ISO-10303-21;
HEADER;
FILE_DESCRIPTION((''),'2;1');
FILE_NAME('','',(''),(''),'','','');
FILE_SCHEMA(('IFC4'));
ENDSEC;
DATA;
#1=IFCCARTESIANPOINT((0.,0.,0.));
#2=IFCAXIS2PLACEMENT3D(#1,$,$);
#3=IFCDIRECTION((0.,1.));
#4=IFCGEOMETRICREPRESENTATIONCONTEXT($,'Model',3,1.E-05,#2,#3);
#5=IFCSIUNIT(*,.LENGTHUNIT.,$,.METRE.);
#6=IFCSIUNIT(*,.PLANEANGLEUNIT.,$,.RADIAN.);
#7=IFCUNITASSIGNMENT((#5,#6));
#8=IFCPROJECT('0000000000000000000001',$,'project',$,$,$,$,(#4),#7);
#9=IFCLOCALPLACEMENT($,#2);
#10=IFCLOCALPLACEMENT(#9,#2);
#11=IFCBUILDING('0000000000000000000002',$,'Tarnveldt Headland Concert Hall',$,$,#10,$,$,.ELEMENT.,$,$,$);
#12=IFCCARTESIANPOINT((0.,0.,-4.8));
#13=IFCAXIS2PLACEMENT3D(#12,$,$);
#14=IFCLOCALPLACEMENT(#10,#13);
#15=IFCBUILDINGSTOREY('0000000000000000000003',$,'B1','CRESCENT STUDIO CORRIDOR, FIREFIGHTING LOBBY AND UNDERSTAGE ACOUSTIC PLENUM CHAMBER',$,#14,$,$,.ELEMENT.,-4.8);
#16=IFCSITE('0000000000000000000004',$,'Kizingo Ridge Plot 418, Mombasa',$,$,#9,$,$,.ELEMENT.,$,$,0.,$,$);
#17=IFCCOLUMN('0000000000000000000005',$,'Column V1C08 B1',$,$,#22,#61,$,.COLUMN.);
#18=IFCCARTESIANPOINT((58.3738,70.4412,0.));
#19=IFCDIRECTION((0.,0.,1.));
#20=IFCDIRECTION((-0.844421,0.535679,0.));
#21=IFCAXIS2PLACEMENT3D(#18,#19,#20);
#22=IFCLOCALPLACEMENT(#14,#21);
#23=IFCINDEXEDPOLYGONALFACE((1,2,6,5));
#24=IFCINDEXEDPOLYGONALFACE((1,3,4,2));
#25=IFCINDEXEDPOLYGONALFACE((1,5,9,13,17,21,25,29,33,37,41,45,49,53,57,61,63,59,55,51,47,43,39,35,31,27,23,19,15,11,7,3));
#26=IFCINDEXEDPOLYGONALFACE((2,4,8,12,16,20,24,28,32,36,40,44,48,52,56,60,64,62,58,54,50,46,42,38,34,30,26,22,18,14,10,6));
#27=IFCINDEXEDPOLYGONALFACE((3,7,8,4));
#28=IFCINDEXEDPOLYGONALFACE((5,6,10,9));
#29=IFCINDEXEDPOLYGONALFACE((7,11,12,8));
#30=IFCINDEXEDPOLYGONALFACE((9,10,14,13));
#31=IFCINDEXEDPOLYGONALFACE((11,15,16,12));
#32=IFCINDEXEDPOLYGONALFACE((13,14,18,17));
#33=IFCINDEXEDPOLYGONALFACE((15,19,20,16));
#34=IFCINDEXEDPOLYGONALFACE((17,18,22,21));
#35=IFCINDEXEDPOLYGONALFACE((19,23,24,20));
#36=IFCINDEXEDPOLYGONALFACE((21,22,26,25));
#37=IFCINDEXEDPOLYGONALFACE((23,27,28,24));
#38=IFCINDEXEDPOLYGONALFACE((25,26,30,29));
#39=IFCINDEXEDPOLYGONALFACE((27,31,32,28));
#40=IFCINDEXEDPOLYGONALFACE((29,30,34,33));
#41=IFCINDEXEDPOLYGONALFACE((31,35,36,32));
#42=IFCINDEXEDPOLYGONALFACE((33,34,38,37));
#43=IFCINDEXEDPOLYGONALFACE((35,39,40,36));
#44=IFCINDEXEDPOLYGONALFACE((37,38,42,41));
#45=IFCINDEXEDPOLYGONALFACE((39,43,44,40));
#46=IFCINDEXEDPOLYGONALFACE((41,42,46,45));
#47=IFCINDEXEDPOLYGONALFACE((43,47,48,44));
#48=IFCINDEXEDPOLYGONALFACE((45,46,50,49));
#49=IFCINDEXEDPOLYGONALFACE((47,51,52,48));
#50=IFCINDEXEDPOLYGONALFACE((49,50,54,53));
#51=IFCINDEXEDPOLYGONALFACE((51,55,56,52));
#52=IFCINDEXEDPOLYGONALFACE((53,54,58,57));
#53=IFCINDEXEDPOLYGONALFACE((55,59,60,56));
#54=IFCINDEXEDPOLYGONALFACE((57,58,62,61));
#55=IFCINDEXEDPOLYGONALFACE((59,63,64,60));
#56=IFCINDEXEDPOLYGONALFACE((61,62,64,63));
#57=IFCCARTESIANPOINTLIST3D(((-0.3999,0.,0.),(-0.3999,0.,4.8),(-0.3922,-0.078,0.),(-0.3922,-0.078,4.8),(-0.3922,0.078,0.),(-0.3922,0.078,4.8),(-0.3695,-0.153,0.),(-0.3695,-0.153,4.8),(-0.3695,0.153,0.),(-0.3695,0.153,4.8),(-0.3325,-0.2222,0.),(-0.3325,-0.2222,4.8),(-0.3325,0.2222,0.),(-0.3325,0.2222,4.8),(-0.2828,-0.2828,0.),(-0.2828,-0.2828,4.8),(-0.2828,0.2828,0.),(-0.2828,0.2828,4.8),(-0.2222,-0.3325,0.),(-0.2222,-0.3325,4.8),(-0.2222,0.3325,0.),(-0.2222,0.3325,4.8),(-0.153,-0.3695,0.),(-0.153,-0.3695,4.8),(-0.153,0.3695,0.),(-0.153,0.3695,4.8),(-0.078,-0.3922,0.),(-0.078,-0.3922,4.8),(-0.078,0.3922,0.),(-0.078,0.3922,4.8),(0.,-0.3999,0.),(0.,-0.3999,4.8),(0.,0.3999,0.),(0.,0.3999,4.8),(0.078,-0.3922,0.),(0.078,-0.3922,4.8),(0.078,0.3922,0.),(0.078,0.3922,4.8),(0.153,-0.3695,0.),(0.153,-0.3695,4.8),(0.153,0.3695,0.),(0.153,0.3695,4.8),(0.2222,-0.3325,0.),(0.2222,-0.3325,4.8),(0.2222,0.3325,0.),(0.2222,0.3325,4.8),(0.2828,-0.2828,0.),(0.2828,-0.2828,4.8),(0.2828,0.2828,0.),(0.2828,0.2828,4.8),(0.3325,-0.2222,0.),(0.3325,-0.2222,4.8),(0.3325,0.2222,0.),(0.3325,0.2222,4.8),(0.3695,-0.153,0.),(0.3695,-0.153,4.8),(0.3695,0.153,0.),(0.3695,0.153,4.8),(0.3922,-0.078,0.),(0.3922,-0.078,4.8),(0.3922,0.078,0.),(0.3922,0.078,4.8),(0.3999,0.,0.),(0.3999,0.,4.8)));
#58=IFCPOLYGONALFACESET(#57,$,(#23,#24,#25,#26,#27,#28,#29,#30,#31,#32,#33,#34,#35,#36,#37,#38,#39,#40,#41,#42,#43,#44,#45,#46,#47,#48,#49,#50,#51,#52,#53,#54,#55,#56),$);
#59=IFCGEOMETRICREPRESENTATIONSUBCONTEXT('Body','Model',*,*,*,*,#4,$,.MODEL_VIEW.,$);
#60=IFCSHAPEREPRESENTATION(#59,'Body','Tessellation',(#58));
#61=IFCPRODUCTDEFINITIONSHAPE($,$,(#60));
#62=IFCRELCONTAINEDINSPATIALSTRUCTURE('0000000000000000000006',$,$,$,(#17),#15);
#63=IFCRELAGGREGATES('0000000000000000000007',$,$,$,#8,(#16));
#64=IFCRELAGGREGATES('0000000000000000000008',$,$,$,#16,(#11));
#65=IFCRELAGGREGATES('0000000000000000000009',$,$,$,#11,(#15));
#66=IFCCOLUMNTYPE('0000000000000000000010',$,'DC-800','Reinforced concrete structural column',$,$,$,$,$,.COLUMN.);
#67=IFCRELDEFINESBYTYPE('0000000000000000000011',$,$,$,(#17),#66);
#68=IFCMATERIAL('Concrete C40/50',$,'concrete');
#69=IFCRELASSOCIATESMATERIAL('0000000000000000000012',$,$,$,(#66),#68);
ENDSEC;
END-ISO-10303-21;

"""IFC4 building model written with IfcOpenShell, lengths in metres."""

from ifc_helpers import new_model, si_unit, direction, frame, origin, origin_2d, place, context, subcontext, project, spatial, circle, extrude, material, material_profile, profile_set, type_object, element, save


model = new_model("IFC4")

# Units and contexts
model_context = context("Model", 3, precision=1e-05, world=origin(), true_north=direction((0.0, 1.0)))
body_context = subcontext(model_context, "Body", "Model", "MODEL_VIEW")
ifc_project = project(units=[si_unit("LENGTHUNIT", "METRE"), si_unit("PLANEANGLEUNIT", "RADIAN")], contexts=[model_context])

# Site, building, storey
site_placement = place(None, origin())
site = spatial("IfcSite", under=ifc_project, at=site_placement, Name="Kizingo Ridge Plot 418, Mombasa", CompositionType="ELEMENT", RefElevation=0.0)
building_placement = place(site_placement, origin())
building = spatial("IfcBuilding", under=site, at=building_placement, Name="Tarnveldt Headland Concert Hall", CompositionType="ELEMENT")
storey_placement = place(building_placement, frame((0.0, 0.0, -4.8)))
storey = spatial("IfcBuildingStorey", under=building, at=storey_placement, Name="B1", Description="CRESCENT STUDIO CORRIDOR, FIREFIGHTING LOBBY AND UNDERSTAGE ACOUSTIC PLENUM CHAMBER", CompositionType="ELEMENT", Elevation=-4.8)

# Shared definitions
ifc_material_1 = material(Name="Concrete C40/50", Category="concrete")

# Column
ifc_material_profile_1 = material_profile(ifc_material_1, circle(Radius=0.3999, at=origin_2d()), Name="RC D800", Category="concrete")
ifc_profile_set_1 = profile_set([ifc_material_profile_1], Name="Concrete C40/50")
column_type = type_object("IfcColumnType", Name="DC-800", Description="Reinforced concrete structural column", PredefinedType="COLUMN", material=ifc_profile_set_1)
column_placement = place(storey_placement, frame((58.3738, 70.4412, 0.0), z_axis=(0.0, 0.0, 1.0), x_axis=(-0.844421, 0.535679, 0.0)))
element("IfcColumn", 1, at=column_placement, inside=storey, type_object=column_type, Name="Column V1C08 B1", PredefinedType="COLUMN", context=body_context, shape_type="SweptSolid", body=[
    extrude(circle(Radius=0.3999, at=origin_2d()), origin(), (0.0, 0.0, 1.0), 4.8),
])

save(model, "model.ifc")
